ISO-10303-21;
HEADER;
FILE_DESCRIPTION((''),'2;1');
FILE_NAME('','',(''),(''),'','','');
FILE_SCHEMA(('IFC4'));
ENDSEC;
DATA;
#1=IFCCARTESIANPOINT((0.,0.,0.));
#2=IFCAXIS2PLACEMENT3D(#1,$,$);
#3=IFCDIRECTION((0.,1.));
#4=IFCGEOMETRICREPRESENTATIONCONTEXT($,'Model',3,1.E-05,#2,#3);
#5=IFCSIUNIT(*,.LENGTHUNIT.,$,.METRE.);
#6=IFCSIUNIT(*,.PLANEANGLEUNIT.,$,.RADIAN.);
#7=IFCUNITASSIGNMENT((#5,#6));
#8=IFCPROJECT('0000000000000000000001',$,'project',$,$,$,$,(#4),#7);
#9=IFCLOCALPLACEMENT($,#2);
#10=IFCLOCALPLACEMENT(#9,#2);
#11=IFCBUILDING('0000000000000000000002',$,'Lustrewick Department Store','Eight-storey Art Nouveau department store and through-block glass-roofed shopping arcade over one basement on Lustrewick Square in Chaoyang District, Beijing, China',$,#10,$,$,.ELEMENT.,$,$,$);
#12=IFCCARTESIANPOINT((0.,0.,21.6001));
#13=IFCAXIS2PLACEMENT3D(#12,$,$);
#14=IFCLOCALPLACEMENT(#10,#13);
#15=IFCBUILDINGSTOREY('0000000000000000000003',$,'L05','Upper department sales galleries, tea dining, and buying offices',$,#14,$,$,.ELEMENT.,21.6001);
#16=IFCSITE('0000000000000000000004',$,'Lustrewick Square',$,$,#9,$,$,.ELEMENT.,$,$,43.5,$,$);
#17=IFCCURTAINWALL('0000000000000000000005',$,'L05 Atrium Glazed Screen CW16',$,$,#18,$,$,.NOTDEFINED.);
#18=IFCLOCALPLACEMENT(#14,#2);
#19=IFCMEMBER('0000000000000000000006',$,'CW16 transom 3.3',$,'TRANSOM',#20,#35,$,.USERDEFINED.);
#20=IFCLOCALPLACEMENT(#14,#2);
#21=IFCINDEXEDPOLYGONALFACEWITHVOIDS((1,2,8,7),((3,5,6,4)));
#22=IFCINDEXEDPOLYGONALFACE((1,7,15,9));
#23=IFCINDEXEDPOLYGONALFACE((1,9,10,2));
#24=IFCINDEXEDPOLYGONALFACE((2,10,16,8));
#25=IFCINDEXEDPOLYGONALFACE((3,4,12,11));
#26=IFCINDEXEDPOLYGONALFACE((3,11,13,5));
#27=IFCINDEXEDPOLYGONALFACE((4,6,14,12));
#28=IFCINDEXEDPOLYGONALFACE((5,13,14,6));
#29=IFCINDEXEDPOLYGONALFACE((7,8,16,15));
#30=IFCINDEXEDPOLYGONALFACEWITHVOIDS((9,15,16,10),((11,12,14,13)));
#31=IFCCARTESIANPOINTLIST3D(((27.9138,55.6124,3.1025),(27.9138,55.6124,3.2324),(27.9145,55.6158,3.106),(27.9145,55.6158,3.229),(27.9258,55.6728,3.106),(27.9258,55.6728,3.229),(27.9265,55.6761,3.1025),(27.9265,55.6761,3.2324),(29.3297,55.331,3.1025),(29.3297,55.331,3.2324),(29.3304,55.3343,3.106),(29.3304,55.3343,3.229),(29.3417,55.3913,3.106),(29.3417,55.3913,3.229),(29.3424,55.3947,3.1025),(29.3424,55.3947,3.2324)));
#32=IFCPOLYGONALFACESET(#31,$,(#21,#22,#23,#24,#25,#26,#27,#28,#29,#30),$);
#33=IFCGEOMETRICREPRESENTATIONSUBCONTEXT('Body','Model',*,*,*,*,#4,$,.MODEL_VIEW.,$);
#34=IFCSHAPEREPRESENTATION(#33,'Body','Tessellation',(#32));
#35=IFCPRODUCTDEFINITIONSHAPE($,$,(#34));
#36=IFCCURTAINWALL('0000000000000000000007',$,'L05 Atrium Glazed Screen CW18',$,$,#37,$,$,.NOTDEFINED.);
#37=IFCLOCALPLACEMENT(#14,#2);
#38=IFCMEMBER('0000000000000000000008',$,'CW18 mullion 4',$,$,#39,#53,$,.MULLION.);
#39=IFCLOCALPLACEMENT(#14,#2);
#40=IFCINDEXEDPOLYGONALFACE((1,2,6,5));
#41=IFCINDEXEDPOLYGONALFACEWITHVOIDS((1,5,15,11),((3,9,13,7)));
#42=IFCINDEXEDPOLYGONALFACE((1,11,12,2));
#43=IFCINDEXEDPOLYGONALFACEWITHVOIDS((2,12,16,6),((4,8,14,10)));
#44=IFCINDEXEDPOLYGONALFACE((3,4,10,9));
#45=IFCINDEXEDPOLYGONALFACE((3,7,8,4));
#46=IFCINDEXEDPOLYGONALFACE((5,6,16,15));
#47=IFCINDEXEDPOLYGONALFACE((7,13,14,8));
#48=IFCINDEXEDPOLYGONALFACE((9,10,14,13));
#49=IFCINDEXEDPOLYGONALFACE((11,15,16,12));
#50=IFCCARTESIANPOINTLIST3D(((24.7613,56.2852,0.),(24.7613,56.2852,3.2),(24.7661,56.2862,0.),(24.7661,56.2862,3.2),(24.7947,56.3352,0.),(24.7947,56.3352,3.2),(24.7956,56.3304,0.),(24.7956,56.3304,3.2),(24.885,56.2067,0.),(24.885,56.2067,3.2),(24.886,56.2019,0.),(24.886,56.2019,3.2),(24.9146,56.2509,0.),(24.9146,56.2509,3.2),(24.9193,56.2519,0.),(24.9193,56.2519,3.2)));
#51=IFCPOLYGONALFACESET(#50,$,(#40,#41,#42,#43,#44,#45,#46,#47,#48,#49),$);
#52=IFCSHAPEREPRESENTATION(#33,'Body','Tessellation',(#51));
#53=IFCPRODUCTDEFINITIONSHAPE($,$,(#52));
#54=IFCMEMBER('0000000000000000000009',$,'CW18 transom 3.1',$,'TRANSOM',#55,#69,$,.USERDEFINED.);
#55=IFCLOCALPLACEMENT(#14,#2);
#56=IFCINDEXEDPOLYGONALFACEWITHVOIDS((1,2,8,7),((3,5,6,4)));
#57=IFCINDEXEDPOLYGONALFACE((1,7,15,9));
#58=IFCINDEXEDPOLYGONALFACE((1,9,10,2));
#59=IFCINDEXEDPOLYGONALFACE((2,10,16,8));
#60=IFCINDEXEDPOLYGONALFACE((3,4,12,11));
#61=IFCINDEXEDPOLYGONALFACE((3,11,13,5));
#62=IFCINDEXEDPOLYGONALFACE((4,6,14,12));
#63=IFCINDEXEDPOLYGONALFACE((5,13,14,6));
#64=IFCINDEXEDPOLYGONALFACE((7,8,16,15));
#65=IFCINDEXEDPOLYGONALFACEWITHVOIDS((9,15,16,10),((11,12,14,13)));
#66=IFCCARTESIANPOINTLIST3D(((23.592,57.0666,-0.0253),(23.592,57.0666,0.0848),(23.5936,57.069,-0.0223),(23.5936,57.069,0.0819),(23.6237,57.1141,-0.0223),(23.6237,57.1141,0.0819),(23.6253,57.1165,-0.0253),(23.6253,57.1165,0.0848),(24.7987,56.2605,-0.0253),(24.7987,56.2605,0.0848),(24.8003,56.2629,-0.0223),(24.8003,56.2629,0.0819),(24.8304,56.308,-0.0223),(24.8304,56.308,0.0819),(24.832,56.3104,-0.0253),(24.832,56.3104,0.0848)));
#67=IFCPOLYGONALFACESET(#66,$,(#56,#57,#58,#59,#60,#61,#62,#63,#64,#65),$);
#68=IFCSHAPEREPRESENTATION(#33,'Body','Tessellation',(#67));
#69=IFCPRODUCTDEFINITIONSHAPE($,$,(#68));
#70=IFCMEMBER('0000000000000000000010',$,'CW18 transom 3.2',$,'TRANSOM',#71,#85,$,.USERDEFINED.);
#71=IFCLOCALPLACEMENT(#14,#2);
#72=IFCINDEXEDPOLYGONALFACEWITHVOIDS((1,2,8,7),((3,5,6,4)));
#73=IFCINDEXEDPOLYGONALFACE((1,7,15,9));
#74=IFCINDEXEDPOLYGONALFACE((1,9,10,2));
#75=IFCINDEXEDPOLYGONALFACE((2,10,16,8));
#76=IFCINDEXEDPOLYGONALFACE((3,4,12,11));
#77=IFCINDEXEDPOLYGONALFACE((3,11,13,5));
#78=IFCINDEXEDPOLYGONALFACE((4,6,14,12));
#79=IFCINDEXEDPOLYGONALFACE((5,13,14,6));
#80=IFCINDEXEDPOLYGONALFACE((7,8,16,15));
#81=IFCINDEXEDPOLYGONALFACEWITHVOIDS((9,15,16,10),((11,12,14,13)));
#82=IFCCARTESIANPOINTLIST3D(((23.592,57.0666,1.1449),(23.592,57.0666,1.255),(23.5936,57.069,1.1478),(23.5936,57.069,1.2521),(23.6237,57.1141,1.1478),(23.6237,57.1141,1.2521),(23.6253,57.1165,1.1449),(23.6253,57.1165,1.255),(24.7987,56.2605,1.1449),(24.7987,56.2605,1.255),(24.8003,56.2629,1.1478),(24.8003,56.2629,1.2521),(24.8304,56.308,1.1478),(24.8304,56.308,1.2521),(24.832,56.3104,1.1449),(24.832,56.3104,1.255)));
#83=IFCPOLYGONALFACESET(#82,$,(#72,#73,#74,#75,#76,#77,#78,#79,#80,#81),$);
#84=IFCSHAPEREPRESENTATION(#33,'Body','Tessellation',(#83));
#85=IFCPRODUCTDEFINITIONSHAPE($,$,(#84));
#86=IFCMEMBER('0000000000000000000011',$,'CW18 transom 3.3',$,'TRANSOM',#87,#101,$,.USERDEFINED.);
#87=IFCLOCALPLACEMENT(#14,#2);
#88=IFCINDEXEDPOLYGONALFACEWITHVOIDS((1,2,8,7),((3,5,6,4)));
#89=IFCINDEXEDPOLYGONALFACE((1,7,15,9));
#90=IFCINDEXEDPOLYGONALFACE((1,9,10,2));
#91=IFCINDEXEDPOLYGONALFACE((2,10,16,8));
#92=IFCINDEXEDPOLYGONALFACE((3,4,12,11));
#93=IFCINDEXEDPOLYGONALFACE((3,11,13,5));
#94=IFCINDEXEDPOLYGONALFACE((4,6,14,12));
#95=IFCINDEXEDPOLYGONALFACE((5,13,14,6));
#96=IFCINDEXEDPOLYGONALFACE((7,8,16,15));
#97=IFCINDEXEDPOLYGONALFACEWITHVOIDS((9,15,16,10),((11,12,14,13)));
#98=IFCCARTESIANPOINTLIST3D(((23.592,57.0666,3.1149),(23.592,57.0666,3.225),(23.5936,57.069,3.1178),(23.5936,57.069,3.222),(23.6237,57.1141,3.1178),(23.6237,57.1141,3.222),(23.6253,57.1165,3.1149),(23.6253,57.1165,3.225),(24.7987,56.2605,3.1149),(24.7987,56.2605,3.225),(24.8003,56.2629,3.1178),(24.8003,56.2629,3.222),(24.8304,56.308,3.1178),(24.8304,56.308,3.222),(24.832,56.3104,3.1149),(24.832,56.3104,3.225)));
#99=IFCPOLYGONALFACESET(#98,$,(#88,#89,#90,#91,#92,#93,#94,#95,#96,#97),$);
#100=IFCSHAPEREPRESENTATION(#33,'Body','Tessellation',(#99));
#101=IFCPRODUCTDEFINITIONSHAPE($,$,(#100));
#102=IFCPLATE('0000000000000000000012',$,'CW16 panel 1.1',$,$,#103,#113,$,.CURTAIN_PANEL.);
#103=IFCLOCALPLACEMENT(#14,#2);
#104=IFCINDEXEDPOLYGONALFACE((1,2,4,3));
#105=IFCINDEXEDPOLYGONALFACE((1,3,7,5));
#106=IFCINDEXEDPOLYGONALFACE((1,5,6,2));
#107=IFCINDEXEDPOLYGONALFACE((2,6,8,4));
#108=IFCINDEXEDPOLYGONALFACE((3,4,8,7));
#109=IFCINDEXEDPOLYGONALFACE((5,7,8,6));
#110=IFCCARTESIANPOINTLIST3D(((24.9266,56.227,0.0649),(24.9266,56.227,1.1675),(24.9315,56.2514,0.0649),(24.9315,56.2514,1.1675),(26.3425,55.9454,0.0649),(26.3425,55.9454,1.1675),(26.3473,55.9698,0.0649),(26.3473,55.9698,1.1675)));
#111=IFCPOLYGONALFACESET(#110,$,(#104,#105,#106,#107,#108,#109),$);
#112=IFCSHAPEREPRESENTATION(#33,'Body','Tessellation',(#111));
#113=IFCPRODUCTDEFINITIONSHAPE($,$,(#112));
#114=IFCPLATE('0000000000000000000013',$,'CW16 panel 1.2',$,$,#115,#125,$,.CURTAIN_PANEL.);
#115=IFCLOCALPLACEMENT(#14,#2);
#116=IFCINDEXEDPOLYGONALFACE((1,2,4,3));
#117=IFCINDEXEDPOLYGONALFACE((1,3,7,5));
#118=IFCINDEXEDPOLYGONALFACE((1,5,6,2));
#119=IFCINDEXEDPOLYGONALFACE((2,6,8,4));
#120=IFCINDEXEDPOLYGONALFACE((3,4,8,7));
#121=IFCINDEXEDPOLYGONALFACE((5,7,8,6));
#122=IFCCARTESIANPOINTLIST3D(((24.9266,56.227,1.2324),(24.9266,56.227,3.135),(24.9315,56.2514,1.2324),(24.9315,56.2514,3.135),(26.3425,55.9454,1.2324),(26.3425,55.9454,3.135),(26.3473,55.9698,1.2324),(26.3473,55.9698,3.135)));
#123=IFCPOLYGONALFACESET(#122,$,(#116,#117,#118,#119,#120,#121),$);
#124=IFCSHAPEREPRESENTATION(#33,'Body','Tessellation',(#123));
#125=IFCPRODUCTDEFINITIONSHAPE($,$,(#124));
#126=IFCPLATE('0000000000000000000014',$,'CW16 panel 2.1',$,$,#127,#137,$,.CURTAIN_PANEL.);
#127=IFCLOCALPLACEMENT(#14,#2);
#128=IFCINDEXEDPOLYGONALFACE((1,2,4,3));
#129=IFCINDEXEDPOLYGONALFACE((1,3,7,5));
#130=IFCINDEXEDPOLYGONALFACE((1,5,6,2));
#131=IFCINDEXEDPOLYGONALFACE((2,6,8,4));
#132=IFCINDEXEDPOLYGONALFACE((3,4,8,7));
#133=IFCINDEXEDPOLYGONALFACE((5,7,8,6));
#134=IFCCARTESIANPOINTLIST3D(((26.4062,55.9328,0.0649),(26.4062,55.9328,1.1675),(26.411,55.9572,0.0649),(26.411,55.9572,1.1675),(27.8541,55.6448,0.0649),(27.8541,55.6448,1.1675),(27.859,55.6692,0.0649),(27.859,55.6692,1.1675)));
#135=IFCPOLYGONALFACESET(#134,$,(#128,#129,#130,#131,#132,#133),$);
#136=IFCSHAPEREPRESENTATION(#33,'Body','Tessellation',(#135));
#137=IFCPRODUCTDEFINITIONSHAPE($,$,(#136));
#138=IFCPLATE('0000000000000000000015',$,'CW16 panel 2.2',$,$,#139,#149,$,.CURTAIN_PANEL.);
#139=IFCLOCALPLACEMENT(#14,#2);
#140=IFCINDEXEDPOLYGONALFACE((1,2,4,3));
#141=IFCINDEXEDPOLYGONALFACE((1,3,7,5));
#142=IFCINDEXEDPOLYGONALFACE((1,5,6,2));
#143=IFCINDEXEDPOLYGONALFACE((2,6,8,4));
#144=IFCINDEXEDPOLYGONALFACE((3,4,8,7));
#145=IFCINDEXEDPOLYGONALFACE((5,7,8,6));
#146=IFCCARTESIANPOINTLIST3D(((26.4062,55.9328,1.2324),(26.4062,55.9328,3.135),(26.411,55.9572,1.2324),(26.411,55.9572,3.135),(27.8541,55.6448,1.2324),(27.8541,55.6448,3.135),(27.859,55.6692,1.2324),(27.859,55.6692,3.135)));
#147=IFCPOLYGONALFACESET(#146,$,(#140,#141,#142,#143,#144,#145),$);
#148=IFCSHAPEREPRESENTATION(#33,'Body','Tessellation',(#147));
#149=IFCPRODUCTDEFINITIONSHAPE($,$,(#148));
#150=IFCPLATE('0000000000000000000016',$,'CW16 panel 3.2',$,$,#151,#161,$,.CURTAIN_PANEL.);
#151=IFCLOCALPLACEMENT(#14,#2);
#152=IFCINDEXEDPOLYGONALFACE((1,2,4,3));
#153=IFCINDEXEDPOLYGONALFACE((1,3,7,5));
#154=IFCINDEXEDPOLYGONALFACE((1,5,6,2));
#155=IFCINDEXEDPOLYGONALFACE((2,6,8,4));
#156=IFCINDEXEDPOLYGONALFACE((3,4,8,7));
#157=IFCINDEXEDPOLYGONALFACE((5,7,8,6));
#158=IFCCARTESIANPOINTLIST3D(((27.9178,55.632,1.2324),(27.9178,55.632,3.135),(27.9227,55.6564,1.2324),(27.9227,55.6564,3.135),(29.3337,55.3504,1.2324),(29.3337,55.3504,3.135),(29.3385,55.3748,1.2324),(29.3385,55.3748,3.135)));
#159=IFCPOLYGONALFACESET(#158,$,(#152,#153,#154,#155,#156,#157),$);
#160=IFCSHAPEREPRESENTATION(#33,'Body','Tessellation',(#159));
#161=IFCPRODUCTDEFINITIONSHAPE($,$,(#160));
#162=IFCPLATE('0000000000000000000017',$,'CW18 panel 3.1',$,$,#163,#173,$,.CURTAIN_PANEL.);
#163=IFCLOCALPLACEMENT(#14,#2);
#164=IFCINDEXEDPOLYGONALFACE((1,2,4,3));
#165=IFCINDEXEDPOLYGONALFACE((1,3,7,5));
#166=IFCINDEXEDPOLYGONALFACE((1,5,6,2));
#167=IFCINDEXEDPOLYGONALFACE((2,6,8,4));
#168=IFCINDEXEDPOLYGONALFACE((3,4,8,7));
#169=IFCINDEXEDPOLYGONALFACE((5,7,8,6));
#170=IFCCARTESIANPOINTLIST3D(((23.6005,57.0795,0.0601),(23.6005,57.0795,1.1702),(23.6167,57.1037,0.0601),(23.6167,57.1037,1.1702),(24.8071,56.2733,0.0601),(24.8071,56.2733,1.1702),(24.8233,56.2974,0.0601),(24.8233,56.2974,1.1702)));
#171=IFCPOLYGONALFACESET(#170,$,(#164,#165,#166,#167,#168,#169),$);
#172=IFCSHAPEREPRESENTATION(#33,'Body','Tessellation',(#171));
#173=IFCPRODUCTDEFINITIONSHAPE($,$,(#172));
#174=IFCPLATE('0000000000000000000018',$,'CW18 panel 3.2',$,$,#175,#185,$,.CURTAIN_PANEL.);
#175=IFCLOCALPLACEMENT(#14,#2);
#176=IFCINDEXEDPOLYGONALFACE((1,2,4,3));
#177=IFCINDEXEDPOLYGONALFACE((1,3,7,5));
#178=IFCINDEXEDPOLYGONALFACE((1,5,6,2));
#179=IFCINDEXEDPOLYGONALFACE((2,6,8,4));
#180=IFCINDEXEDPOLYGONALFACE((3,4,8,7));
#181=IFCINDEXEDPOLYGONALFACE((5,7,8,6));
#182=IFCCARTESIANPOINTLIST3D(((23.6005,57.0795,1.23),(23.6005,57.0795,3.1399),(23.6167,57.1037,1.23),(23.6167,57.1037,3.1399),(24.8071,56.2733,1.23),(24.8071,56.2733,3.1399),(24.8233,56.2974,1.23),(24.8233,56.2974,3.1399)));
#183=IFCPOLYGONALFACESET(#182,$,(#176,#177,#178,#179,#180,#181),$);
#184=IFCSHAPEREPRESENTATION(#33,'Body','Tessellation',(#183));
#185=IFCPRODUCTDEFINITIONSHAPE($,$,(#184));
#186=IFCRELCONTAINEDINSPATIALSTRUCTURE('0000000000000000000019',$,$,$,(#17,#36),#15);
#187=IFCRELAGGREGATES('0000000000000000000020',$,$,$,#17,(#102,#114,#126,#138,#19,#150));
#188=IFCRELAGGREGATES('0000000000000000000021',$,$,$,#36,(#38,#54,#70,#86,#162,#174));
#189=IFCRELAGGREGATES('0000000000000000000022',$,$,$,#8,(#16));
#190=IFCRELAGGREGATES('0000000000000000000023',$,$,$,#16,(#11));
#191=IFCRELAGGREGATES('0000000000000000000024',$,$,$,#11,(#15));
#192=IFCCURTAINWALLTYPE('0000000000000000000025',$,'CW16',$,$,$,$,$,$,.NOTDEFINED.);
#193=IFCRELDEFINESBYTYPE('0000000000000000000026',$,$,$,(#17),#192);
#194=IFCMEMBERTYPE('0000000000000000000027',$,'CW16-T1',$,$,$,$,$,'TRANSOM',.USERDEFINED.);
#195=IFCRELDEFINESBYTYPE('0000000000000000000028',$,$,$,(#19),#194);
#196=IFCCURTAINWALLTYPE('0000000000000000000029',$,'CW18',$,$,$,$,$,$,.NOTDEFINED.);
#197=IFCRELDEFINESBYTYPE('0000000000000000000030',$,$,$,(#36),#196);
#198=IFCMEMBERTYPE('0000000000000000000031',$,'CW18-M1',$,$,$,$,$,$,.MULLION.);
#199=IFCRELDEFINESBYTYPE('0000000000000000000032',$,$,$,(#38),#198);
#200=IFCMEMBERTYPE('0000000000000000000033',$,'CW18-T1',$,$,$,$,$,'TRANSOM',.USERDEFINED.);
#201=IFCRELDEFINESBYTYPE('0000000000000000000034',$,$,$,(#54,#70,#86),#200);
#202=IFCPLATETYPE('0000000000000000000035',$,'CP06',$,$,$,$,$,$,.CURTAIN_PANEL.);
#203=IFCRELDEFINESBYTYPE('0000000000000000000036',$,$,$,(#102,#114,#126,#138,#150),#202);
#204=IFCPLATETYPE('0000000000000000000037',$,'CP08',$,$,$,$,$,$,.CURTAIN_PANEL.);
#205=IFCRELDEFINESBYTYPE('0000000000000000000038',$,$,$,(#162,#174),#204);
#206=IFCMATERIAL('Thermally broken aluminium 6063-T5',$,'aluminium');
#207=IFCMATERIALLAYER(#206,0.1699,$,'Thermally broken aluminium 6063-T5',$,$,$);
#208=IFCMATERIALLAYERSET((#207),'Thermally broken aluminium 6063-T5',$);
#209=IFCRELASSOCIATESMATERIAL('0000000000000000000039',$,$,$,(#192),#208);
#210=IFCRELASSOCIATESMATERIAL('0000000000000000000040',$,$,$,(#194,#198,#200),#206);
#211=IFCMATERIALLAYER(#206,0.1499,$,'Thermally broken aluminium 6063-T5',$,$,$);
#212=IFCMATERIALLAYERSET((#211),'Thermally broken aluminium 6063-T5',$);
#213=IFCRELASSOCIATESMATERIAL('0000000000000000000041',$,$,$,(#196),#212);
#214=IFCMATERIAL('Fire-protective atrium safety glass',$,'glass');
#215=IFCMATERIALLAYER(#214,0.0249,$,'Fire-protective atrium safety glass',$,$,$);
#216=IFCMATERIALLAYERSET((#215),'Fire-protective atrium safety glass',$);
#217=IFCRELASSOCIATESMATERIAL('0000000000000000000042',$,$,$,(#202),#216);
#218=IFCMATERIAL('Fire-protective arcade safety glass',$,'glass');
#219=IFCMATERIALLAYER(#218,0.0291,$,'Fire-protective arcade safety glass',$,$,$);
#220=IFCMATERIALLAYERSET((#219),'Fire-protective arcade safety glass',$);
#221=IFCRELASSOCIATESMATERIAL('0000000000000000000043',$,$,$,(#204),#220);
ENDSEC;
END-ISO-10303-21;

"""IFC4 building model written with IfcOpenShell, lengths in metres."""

from ifc_helpers import new_model, si_unit, direction, frame, origin, origin_2d, place, context, subcontext, project, spatial, rectangle, hollow_rectangle, extrude, material, layer, layer_set, material_profile, profile_set, type_object, element, aggregate, save


model = new_model("IFC4")

# Units and contexts
model_context = context("Model", 3, precision=1e-05, world=origin(), true_north=direction((0.0, 1.0)))
body_context = subcontext(model_context, "Body", "Model", "MODEL_VIEW")
ifc_project = project(units=[si_unit("LENGTHUNIT", "METRE"), si_unit("PLANEANGLEUNIT", "RADIAN")], contexts=[model_context])

# Site, building, storey
site_placement = place(None, origin())
site = spatial("IfcSite", under=ifc_project, at=site_placement, Name="Lustrewick Square", CompositionType="ELEMENT", RefElevation=43.5)
building_placement = place(site_placement, origin())
building = spatial("IfcBuilding", under=site, at=building_placement, Name="Lustrewick Department Store", Description="Eight-storey Art Nouveau department store and through-block glass-roofed shopping arcade over one basement on Lustrewick Square in Chaoyang District, Beijing, China", CompositionType="ELEMENT")
storey_placement = place(building_placement, frame((0.0, 0.0, 21.6001)))
storey = spatial("IfcBuildingStorey", under=building, at=storey_placement, Name="L05", Description="Upper department sales galleries, tea dining, and buying offices", CompositionType="ELEMENT", Elevation=21.6001)

# Curtain walls, members
ifc_material_1 = material(Name="Thermally broken aluminium 6063-T5", Category="aluminium")
ifc_layer_1 = layer(ifc_material_1, 0.1699, Name="Thermally broken aluminium 6063-T5")
ifc_layer_set_1 = layer_set([ifc_layer_1], Name="Thermally broken aluminium 6063-T5")
curtain_wall_type_1 = type_object("IfcCurtainWallType", Name="CW16", PredefinedType="NOTDEFINED", material=ifc_layer_set_1)
curtain_wall_1_placement = place(storey_placement, origin())
curtain_wall_1 = element("IfcCurtainWall", 1, at=curtain_wall_1_placement, inside=storey, type_object=curtain_wall_type_1, Name="L05 Atrium Glazed Screen CW16", PredefinedType="NOTDEFINED")
ifc_material_profile_1 = material_profile(ifc_material_1, hollow_rectangle(XDim=0.0649, YDim=0.1299, WallThickness=0.0034, at=origin_2d()), Name="ALU-T 65x130x3.5")
ifc_profile_set_1 = profile_set([ifc_material_profile_1], Name="Thermally broken aluminium 6063-T5")
member_type_1 = type_object("IfcMemberType", Name="CW16-T1", ElementType="TRANSOM", PredefinedType="USERDEFINED", material=ifc_profile_set_1)
member_1_placement = place(storey_placement, frame((27.9202, 55.6443, 3.1675), z_axis=(0.980808, -0.194978, 0.0), x_axis=(0.194978, 0.980808, 0.0)))
member_1 = element("IfcMember", 2, at=member_1_placement, type_object=member_type_1, Name="CW16 transom 3.3", ObjectType="TRANSOM", PredefinedType="USERDEFINED", context=body_context, shape_type="SweptSolid", body=[
    extrude(hollow_rectangle(XDim=0.0649, YDim=0.1299, WallThickness=0.0034, at=origin_2d()), origin(), (0.0, 0.0, 1.0), 1.4436),
])
ifc_layer_2 = layer(ifc_material_1, 0.1499, Name="Thermally broken aluminium 6063-T5")
ifc_layer_set_2 = layer_set([ifc_layer_2], Name="Thermally broken aluminium 6063-T5")
curtain_wall_type_2 = type_object("IfcCurtainWallType", Name="CW18", PredefinedType="NOTDEFINED", material=ifc_layer_set_2)
curtain_wall_2_placement = place(storey_placement, origin())
curtain_wall_2 = element("IfcCurtainWall", 3, at=curtain_wall_2_placement, inside=storey, type_object=curtain_wall_type_2, Name="L05 Atrium Glazed Screen CW18", PredefinedType="NOTDEFINED")
ifc_material_profile_2 = material_profile(ifc_material_1, hollow_rectangle(XDim=0.0601, YDim=0.1499, WallThickness=0.0034, at=origin_2d()), Name="ALU-M 60x150x3.5")
ifc_profile_set_2 = profile_set([ifc_material_profile_2], Name="Thermally broken aluminium 6063-T5")
member_type_2 = type_object("IfcMemberType", Name="CW18-M1", PredefinedType="MULLION", material=ifc_profile_set_2)
member_2_placement = place(storey_placement, frame((24.8403, 56.2686, 0.0), z_axis=(0.0, 0.0, 1.0), x_axis=(0.555578, 0.831464, 0.0)))
member_2 = element("IfcMember", 4, at=member_2_placement, type_object=member_type_2, Name="CW18 mullion 4", PredefinedType="MULLION", context=body_context, shape_type="SweptSolid", body=[
    extrude(hollow_rectangle(XDim=0.0601, YDim=0.1499, WallThickness=0.0034, at=origin_2d()), origin(), (0.0, 0.0, 1.0), 3.2),
])
ifc_material_profile_3 = material_profile(ifc_material_1, hollow_rectangle(XDim=0.0601, YDim=0.1101, WallThickness=0.0029, at=origin_2d()), Name="ALU-T 60x110x3")
ifc_profile_set_3 = profile_set([ifc_material_profile_3], Name="Thermally broken aluminium 6063-T5")
member_type_3 = type_object("IfcMemberType", Name="CW18-T1", ElementType="TRANSOM", PredefinedType="USERDEFINED", material=ifc_profile_set_3)
member_3_placement = place(storey_placement, frame((23.6086, 57.0916, 0.0298), z_axis=(0.831532, -0.555476, 0.0), x_axis=(0.555476, 0.831532, 0.0)))
member_3 = element("IfcMember", 5, at=member_3_placement, type_object=member_type_3, Name="CW18 transom 3.1", ObjectType="TRANSOM", PredefinedType="USERDEFINED", context=body_context, shape_type="SweptSolid", body=[
    extrude(hollow_rectangle(XDim=0.0601, YDim=0.1101, WallThickness=0.0029, at=origin_2d()), origin(), (0.0, 0.0, 1.0), 1.4512),
])
member_4_placement = place(storey_placement, frame((23.6086, 57.0916, 1.2), z_axis=(0.831532, -0.555476, 0.0), x_axis=(0.555476, 0.831532, 0.0)))
member_4 = element("IfcMember", 6, at=member_4_placement, type_object=member_type_3, Name="CW18 transom 3.2", ObjectType="TRANSOM", PredefinedType="USERDEFINED", context=body_context, shape_type="SweptSolid", body=[
    extrude(hollow_rectangle(XDim=0.0601, YDim=0.1101, WallThickness=0.0029, at=origin_2d()), origin(), (0.0, 0.0, 1.0), 1.4512),
])
member_5_placement = place(storey_placement, frame((23.6086, 57.0916, 3.1699), z_axis=(0.831532, -0.555476, 0.0), x_axis=(0.555476, 0.831532, 0.0)))
member_5 = element("IfcMember", 7, at=member_5_placement, type_object=member_type_3, Name="CW18 transom 3.3", ObjectType="TRANSOM", PredefinedType="USERDEFINED", context=body_context, shape_type="SweptSolid", body=[
    extrude(hollow_rectangle(XDim=0.0601, YDim=0.1101, WallThickness=0.0029, at=origin_2d()), origin(), (0.0, 0.0, 1.0), 1.4512),
])

# Plates
ifc_material_2 = material(Name="Fire-protective atrium safety glass", Category="glass")
ifc_layer_3 = layer(ifc_material_2, 0.0249, Name="Fire-protective atrium safety glass")
ifc_layer_set_3 = layer_set([ifc_layer_3], Name="Fire-protective atrium safety glass")
plate_type_1 = type_object("IfcPlateType", Name="CP06", PredefinedType="CURTAIN_PANEL", material=ifc_layer_set_3)
plate_1_placement = place(storey_placement, frame((25.637, 56.0984, 0.0649), z_axis=(0.0, 0.0, 1.0), x_axis=(0.980786, -0.195085, 0.0)))
plate_1 = element("IfcPlate", 8, at=plate_1_placement, type_object=plate_type_1, Name="CW16 panel 1.1", PredefinedType="CURTAIN_PANEL", context=body_context, shape_type="SweptSolid", body=[
    extrude(rectangle(XDim=1.4436, YDim=0.0249, at=origin_2d()), origin(), (0.0, 0.0, 1.0), 1.1025),
])
plate_2_placement = place(storey_placement, frame((25.637, 56.0984, 1.2324), z_axis=(0.0, 0.0, 1.0), x_axis=(0.980786, -0.195085, 0.0)))
plate_2 = element("IfcPlate", 9, at=plate_2_placement, type_object=plate_type_1, Name="CW16 panel 1.2", PredefinedType="CURTAIN_PANEL", context=body_context, shape_type="SweptSolid", body=[
    extrude(rectangle(XDim=1.4436, YDim=0.0249, at=origin_2d()), origin(), (0.0, 0.0, 1.0), 1.9026),
])
plate_3_placement = place(storey_placement, frame((27.1326, 55.801, 0.0649), z_axis=(0.0, 0.0, 1.0), x_axis=(0.980786, -0.195085, 0.0)))
plate_3 = element("IfcPlate", 10, at=plate_3_placement, type_object=plate_type_1, Name="CW16 panel 2.1", PredefinedType="CURTAIN_PANEL", context=body_context, shape_type="SweptSolid", body=[
    extrude(rectangle(XDim=1.4763, YDim=0.0249, at=origin_2d()), origin(), (0.0, 0.0, 1.0), 1.1025),
])
plate_4_placement = place(storey_placement, frame((27.1326, 55.801, 1.2324), z_axis=(0.0, 0.0, 1.0), x_axis=(0.980786, -0.195085, 0.0)))
plate_4 = element("IfcPlate", 11, at=plate_4_placement, type_object=plate_type_1, Name="CW16 panel 2.2", PredefinedType="CURTAIN_PANEL", context=body_context, shape_type="SweptSolid", body=[
    extrude(rectangle(XDim=1.4763, YDim=0.0249, at=origin_2d()), origin(), (0.0, 0.0, 1.0), 1.9026),
])
plate_5_placement = place(storey_placement, frame((28.6282, 55.5034, 1.2324), z_axis=(0.0, 0.0, 1.0), x_axis=(0.980786, -0.195085, 0.0)))
plate_5 = element("IfcPlate", 12, at=plate_5_placement, type_object=plate_type_1, Name="CW16 panel 3.2", PredefinedType="CURTAIN_PANEL", context=body_context, shape_type="SweptSolid", body=[
    extrude(rectangle(XDim=1.4436, YDim=0.0249, at=origin_2d()), origin(), (0.0, 0.0, 1.0), 1.9026),
])
aggregate(curtain_wall_1, [plate_1, plate_2, plate_3, plate_4, member_1, plate_5])
ifc_material_3 = material(Name="Fire-protective arcade safety glass", Category="glass")
ifc_layer_4 = layer(ifc_material_3, 0.0291, Name="Fire-protective arcade safety glass")
ifc_layer_set_4 = layer_set([ifc_layer_4], Name="Fire-protective arcade safety glass")
plate_type_2 = type_object("IfcPlateType", Name="CP08", PredefinedType="CURTAIN_PANEL", material=ifc_layer_set_4)
plate_6_placement = place(storey_placement, frame((24.2119, 56.6885, 0.0601), z_axis=(0.0, 0.0, 1.0), x_axis=(0.831464, -0.555578, 0.0)))
plate_6 = element("IfcPlate", 13, at=plate_6_placement, type_object=plate_type_2, Name="CW18 panel 3.1", PredefinedType="CURTAIN_PANEL", context=body_context, shape_type="SweptSolid", body=[
    extrude(rectangle(XDim=1.4512, YDim=0.0291, at=origin_2d()), origin(), (0.0, 0.0, 1.0), 1.1101),
])
plate_7_placement = place(storey_placement, frame((24.2119, 56.6885, 1.23), z_axis=(0.0, 0.0, 1.0), x_axis=(0.831464, -0.555578, 0.0)))
plate_7 = element("IfcPlate", 14, at=plate_7_placement, type_object=plate_type_2, Name="CW18 panel 3.2", PredefinedType="CURTAIN_PANEL", context=body_context, shape_type="SweptSolid", body=[
    extrude(rectangle(XDim=1.4512, YDim=0.0291, at=origin_2d()), origin(), (0.0, 0.0, 1.0), 1.9099),
])
aggregate(curtain_wall_2, [member_2, member_3, member_4, member_5, plate_6, plate_7])

save(model, "model.ifc")
